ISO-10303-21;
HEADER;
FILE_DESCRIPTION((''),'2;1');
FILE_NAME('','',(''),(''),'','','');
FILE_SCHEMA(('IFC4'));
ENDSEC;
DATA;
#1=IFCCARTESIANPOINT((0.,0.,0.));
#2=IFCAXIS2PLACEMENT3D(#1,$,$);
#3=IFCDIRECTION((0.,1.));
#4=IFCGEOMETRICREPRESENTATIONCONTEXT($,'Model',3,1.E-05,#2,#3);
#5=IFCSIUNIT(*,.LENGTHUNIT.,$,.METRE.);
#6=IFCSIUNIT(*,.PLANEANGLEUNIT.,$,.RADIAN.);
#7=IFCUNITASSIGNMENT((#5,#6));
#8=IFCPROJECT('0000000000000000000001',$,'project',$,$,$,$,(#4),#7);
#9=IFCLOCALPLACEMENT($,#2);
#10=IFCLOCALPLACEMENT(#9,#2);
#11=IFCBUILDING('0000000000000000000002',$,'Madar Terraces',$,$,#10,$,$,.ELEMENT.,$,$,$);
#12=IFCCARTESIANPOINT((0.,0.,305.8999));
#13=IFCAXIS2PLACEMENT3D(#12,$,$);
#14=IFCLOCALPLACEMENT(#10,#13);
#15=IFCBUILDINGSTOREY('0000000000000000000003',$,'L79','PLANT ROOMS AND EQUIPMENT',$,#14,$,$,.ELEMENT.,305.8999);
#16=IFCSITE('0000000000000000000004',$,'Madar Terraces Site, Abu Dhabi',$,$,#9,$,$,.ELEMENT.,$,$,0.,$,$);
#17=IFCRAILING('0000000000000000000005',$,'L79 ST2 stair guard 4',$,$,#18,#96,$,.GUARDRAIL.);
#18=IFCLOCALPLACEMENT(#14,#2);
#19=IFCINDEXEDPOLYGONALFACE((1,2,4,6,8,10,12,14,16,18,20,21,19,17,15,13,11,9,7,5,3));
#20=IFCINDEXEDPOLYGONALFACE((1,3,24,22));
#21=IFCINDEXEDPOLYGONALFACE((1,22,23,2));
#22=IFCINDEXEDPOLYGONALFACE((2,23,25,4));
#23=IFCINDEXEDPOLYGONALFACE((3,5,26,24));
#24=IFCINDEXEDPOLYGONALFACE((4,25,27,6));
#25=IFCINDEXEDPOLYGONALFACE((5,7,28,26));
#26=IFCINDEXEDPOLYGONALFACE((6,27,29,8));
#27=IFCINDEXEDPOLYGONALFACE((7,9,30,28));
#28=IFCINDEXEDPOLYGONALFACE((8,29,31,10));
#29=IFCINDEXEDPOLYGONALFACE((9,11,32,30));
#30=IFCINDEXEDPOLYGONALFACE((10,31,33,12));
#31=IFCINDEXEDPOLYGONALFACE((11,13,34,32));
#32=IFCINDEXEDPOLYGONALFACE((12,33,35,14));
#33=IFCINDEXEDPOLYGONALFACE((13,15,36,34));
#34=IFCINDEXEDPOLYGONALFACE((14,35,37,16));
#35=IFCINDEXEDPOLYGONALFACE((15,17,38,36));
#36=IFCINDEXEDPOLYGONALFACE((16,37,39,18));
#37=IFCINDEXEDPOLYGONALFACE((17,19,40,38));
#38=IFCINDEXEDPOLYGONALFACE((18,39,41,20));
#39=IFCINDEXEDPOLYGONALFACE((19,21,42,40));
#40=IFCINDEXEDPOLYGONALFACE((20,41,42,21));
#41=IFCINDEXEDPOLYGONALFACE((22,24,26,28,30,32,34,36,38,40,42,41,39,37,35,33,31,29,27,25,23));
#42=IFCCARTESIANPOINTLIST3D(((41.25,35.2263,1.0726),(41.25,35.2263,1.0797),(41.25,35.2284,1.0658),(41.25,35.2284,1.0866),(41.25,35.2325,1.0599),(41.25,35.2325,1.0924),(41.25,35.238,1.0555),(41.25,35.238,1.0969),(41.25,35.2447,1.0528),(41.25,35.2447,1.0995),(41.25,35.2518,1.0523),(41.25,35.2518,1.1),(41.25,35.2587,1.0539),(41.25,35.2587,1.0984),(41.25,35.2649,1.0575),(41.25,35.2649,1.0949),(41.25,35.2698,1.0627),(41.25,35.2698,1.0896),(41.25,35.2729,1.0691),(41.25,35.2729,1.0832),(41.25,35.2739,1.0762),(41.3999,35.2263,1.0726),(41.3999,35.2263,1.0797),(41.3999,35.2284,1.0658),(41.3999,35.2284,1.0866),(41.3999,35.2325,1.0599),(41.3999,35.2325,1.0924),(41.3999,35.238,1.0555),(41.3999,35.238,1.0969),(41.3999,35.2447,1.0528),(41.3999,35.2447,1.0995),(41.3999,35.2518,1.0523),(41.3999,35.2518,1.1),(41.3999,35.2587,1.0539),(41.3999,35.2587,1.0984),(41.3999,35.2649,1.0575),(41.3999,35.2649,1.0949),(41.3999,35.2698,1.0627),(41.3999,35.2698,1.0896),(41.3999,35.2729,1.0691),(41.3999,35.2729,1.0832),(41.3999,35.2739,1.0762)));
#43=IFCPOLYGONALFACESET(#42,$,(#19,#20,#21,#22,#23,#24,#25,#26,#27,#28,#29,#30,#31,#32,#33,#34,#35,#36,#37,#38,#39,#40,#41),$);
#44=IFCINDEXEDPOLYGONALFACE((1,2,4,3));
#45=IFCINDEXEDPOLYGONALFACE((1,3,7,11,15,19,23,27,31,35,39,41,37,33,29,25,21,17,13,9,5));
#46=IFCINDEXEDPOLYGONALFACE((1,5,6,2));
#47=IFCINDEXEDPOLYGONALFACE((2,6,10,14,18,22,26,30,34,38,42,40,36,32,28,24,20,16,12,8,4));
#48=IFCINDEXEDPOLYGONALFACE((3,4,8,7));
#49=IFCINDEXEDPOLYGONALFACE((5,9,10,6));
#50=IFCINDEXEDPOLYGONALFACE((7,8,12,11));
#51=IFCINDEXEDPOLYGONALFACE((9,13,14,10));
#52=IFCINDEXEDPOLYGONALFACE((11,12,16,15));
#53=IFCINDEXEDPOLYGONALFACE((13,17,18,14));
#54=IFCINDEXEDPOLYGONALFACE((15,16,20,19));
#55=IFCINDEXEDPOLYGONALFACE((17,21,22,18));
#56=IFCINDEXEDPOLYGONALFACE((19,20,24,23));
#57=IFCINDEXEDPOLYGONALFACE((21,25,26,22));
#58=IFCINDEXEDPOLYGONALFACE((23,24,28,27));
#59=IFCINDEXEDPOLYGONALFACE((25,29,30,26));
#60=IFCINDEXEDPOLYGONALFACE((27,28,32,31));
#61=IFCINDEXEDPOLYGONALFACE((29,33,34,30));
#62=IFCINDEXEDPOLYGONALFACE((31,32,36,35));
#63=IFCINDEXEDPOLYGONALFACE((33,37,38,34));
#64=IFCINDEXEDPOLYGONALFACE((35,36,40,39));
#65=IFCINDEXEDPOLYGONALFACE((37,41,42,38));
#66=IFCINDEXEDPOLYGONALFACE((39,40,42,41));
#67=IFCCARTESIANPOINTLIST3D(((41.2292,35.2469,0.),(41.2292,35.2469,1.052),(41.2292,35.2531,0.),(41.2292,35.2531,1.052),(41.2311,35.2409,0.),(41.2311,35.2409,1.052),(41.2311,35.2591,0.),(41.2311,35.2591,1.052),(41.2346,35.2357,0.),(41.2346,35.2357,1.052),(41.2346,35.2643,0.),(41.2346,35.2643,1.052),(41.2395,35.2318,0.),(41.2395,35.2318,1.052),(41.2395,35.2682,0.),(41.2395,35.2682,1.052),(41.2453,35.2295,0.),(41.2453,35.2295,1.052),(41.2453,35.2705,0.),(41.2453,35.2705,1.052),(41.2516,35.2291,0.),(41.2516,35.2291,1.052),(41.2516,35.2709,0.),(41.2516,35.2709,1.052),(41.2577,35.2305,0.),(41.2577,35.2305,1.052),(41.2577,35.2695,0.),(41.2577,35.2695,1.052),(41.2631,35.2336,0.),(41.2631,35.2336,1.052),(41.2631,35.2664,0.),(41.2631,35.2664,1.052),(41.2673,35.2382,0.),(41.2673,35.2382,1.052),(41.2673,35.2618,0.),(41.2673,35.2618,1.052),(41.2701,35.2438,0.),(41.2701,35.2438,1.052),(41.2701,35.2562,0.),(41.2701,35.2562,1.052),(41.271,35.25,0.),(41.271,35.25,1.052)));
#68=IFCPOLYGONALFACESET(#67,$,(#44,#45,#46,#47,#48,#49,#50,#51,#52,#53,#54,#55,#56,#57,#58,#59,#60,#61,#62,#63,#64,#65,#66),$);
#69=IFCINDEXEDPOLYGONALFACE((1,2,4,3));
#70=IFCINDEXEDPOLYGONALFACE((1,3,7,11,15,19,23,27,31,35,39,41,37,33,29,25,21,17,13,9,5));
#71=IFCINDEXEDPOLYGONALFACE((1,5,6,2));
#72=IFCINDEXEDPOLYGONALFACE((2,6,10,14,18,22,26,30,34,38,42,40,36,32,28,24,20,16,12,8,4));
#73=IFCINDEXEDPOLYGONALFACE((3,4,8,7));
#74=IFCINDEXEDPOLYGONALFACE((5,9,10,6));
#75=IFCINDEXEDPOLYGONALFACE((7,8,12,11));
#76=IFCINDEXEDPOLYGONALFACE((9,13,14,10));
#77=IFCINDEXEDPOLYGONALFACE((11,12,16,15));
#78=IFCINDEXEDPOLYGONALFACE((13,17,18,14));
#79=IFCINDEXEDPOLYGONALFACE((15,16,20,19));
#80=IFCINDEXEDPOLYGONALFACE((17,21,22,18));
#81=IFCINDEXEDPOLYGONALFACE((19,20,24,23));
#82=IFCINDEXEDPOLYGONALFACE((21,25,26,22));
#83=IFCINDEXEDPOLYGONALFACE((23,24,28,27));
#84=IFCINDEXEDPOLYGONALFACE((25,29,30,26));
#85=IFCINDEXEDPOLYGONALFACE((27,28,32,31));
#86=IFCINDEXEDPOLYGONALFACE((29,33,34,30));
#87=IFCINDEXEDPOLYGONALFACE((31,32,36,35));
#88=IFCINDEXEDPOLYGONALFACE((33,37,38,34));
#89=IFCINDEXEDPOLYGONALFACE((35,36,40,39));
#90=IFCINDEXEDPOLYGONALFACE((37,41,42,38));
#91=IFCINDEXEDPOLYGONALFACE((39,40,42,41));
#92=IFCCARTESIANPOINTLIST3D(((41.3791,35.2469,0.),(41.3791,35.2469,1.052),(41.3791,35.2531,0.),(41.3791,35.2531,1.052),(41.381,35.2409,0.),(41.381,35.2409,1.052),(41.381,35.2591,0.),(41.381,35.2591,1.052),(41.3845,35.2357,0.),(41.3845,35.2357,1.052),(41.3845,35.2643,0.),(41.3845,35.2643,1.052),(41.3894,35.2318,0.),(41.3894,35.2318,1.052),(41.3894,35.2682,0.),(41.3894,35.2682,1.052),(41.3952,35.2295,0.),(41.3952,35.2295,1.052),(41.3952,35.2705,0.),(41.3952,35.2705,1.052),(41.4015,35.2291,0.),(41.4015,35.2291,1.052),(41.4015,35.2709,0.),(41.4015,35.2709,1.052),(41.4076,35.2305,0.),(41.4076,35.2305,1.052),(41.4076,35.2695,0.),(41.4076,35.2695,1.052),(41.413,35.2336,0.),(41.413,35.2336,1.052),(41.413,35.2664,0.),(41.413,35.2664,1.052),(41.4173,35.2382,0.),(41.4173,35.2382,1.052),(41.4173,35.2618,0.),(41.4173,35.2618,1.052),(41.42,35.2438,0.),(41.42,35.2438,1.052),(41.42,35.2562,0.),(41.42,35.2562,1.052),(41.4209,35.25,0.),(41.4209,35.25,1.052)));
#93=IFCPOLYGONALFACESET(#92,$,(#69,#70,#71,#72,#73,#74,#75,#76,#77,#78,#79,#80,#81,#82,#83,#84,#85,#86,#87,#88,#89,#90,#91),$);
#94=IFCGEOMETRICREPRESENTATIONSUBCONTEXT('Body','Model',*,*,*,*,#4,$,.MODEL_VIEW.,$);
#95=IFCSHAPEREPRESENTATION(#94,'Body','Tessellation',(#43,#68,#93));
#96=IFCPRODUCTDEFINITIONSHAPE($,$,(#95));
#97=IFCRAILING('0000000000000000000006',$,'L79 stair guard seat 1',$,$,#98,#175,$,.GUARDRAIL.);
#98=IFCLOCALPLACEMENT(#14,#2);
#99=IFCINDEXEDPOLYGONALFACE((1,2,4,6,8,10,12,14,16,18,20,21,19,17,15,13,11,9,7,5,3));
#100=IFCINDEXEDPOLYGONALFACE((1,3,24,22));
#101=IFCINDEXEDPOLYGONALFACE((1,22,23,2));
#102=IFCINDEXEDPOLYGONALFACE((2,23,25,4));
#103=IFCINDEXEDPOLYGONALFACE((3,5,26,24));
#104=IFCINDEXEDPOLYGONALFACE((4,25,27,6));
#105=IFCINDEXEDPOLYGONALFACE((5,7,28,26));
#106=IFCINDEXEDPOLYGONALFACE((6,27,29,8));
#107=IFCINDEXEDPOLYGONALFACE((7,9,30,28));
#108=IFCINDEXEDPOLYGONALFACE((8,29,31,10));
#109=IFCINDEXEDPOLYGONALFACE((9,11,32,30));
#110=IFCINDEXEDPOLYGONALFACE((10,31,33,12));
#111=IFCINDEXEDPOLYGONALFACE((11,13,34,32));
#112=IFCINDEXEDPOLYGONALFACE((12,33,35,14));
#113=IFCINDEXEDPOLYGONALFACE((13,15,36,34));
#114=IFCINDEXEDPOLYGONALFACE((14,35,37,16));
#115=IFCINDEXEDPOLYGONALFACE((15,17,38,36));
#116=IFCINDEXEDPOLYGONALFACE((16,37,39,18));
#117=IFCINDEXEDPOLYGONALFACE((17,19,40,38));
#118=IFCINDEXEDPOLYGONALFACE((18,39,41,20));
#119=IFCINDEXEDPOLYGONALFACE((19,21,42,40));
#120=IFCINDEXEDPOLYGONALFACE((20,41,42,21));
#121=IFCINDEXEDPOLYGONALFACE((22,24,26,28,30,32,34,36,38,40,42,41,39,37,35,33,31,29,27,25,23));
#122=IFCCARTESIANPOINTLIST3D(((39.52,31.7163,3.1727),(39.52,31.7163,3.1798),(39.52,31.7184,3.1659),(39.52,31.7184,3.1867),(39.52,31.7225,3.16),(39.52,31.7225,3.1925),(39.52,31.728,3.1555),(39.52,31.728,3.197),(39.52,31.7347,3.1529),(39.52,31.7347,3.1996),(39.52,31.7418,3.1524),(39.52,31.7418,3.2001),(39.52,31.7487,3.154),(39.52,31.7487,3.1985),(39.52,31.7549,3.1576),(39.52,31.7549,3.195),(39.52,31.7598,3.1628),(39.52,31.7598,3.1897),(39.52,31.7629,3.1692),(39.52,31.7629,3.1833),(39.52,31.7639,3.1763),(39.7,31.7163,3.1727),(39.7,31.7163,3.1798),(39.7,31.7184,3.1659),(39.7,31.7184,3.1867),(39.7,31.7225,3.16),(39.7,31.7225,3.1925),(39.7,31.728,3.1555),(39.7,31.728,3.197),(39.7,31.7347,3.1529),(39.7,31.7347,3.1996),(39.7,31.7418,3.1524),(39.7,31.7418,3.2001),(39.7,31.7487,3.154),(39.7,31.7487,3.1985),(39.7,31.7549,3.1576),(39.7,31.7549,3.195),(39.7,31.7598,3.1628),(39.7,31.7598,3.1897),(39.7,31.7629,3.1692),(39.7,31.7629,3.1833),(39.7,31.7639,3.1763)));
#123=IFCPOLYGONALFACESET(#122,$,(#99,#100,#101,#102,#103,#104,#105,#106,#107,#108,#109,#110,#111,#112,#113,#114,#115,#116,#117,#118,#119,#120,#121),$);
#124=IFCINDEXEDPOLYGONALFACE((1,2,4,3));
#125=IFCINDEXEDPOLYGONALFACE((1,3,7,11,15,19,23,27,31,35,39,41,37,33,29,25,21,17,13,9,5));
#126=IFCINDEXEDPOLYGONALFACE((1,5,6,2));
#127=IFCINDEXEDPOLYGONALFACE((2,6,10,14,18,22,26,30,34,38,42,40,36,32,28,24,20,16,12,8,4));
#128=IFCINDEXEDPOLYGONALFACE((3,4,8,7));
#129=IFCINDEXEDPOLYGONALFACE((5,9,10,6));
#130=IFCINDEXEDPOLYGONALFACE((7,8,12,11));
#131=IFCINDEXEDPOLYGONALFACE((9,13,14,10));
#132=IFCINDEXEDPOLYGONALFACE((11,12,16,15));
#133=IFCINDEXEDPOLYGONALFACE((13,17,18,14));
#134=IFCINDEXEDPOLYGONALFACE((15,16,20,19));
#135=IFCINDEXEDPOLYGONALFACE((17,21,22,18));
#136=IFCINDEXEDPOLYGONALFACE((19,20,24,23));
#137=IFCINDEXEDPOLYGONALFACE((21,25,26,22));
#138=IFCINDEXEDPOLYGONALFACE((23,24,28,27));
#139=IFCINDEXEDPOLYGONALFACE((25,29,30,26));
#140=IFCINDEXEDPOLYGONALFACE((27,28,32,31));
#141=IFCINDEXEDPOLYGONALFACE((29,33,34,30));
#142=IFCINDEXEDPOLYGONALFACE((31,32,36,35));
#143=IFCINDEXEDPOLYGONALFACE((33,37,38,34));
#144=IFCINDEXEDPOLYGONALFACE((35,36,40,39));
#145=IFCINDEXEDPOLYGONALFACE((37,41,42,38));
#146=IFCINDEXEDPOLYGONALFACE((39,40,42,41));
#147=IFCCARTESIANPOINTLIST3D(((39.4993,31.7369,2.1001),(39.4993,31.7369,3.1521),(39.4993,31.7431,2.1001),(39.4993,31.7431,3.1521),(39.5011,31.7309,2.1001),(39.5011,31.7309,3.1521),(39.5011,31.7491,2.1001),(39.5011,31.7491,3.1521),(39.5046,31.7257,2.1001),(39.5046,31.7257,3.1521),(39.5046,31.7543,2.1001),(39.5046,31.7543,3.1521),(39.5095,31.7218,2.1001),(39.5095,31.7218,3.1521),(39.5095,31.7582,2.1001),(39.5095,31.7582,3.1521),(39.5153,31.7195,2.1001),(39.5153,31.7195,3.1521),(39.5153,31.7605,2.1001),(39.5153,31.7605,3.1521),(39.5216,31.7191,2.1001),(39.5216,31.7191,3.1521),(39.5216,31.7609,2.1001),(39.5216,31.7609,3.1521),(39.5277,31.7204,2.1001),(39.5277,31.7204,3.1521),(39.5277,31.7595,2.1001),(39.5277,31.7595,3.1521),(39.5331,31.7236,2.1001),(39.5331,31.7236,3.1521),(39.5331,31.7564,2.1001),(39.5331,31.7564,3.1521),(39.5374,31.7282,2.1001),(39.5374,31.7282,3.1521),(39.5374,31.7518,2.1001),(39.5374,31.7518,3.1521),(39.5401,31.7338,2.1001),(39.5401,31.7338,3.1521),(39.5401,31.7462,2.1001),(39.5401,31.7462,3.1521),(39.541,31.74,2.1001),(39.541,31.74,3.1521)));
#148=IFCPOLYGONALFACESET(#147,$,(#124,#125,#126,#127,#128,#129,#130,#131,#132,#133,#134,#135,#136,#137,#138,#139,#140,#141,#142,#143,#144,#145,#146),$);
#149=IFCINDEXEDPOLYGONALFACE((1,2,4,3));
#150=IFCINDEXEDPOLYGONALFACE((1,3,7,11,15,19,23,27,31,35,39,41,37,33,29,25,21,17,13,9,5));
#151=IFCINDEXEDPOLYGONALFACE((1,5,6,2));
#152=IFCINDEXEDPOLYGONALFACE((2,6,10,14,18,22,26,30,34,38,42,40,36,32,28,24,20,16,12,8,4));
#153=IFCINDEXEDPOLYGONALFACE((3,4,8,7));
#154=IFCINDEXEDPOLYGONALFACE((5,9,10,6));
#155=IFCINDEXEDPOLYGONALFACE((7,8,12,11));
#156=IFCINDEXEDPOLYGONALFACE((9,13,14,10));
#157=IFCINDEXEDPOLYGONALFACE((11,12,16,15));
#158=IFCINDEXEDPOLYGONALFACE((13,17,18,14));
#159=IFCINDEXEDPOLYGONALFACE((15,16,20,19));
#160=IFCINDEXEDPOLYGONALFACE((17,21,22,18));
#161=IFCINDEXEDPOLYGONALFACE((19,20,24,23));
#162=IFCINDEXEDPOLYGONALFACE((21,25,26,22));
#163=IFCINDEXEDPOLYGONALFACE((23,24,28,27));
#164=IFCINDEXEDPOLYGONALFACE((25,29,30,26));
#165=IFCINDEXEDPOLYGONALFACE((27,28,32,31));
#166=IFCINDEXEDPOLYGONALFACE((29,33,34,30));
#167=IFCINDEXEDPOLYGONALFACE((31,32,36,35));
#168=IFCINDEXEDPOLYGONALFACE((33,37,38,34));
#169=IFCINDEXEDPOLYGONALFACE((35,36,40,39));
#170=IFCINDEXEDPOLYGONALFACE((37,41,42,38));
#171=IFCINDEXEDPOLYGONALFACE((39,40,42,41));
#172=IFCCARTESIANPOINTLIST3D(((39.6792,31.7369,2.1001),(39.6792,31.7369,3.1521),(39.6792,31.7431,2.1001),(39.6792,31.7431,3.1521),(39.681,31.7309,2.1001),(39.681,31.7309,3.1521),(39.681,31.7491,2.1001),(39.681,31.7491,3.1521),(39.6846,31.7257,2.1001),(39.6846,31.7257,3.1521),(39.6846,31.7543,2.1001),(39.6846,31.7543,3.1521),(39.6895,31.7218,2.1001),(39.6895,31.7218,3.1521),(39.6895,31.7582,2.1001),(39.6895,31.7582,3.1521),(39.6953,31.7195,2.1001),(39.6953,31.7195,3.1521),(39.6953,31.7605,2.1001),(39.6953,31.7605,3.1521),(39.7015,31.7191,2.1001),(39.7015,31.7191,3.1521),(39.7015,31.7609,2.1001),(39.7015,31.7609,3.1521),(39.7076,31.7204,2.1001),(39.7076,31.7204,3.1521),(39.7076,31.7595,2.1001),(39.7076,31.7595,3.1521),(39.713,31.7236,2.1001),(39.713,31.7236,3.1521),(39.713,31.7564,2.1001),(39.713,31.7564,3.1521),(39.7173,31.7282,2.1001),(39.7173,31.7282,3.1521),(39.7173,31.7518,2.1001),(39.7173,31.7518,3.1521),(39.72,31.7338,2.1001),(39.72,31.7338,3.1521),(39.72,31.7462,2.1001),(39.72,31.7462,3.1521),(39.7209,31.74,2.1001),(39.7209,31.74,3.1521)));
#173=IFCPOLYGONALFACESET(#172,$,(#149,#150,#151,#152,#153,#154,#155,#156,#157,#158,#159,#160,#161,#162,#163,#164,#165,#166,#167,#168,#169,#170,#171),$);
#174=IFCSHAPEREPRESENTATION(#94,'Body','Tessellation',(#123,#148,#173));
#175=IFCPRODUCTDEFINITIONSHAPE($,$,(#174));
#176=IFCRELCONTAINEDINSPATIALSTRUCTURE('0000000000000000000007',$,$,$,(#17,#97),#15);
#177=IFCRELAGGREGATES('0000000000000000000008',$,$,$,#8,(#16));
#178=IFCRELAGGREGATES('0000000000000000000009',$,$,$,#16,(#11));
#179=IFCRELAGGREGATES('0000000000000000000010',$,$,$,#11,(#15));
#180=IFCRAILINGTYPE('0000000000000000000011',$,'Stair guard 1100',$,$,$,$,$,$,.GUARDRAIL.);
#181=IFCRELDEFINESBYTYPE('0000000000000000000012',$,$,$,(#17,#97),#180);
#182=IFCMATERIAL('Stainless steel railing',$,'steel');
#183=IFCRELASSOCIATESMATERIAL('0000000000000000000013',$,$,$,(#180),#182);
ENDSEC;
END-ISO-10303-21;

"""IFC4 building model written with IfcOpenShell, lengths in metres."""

from ifc_helpers import new_model, si_unit, direction, frame, origin, origin_2d, place, context, subcontext, project, spatial, circle, extrude, material, type_object, element, save


model = new_model("IFC4")

# Units and contexts
model_context = context("Model", 3, precision=1e-05, world=origin(), true_north=direction((0.0, 1.0)))
body_context = subcontext(model_context, "Body", "Model", "MODEL_VIEW")
ifc_project = project(units=[si_unit("LENGTHUNIT", "METRE"), si_unit("PLANEANGLEUNIT", "RADIAN")], contexts=[model_context])

# Site, building, storey
site_placement = place(None, origin())
site = spatial("IfcSite", under=ifc_project, at=site_placement, Name="Madar Terraces Site, Abu Dhabi", CompositionType="ELEMENT", RefElevation=0.0)
building_placement = place(site_placement, origin())
building = spatial("IfcBuilding", under=site, at=building_placement, Name="Madar Terraces", CompositionType="ELEMENT")
storey_placement = place(building_placement, frame((0.0, 0.0, 305.8999)))
storey = spatial("IfcBuildingStorey", under=building, at=storey_placement, Name="L79", Description="PLANT ROOMS AND EQUIPMENT", CompositionType="ELEMENT", Elevation=305.8999)

# Railings
ifc_material_1 = material(Name="Stainless steel railing", Category="steel")
railing_type_1 = type_object("IfcRailingType", Name="Stair guard 1100", PredefinedType="GUARDRAIL", material=ifc_material_1)
railing_1_placement = place(storey_placement, frame((41.25, 35.25, 0.0)))
element("IfcRailing", 1, at=railing_1_placement, inside=storey, type_object=railing_type_1, Name="L79 ST2 stair guard 4", PredefinedType="GUARDRAIL", context=body_context, shape_type="SweptSolid", body=[
    extrude(circle(Radius=0.0239, at=origin_2d()), frame((0.0, 0.0, 1.0762), z_axis=(1.0, 0.0, 0.0), x_axis=(0.0, 1.0, 0.0)), (0.0, 0.0, 1.0), 0.1499),
    extrude(circle(Radius=0.021, at=origin_2d()), origin(), (0.0, 0.0, 1.0), 1.052),
    extrude(circle(Radius=0.021, at=origin_2d()), frame((0.1499, 0.0, 0.0)), (0.0, 0.0, 1.0), 1.052),
])
for number, where, name in (
    (2, (39.52, 31.74, 2.1001), "L79 stair guard seat 1"),
):
    element("IfcRailing", number, at=place(storey_placement, frame(where)), inside=storey, type_object=railing_type_1, Name=name, PredefinedType="GUARDRAIL", context=body_context, shape_type="SweptSolid", body=[
        extrude(circle(Radius=0.0239, at=origin_2d()), frame((0.0, 0.0, 1.0762), z_axis=(1.0, 0.0, 0.0), x_axis=(0.0, 1.0, 0.0)), (0.0, 0.0, 1.0), 0.1799),
        extrude(circle(Radius=0.021, at=origin_2d()), origin(), (0.0, 0.0, 1.0), 1.052),
        extrude(circle(Radius=0.021, at=origin_2d()), frame((0.1799, 0.0, 0.0)), (0.0, 0.0, 1.0), 1.052),
    ])

save(model, "model.ifc")
